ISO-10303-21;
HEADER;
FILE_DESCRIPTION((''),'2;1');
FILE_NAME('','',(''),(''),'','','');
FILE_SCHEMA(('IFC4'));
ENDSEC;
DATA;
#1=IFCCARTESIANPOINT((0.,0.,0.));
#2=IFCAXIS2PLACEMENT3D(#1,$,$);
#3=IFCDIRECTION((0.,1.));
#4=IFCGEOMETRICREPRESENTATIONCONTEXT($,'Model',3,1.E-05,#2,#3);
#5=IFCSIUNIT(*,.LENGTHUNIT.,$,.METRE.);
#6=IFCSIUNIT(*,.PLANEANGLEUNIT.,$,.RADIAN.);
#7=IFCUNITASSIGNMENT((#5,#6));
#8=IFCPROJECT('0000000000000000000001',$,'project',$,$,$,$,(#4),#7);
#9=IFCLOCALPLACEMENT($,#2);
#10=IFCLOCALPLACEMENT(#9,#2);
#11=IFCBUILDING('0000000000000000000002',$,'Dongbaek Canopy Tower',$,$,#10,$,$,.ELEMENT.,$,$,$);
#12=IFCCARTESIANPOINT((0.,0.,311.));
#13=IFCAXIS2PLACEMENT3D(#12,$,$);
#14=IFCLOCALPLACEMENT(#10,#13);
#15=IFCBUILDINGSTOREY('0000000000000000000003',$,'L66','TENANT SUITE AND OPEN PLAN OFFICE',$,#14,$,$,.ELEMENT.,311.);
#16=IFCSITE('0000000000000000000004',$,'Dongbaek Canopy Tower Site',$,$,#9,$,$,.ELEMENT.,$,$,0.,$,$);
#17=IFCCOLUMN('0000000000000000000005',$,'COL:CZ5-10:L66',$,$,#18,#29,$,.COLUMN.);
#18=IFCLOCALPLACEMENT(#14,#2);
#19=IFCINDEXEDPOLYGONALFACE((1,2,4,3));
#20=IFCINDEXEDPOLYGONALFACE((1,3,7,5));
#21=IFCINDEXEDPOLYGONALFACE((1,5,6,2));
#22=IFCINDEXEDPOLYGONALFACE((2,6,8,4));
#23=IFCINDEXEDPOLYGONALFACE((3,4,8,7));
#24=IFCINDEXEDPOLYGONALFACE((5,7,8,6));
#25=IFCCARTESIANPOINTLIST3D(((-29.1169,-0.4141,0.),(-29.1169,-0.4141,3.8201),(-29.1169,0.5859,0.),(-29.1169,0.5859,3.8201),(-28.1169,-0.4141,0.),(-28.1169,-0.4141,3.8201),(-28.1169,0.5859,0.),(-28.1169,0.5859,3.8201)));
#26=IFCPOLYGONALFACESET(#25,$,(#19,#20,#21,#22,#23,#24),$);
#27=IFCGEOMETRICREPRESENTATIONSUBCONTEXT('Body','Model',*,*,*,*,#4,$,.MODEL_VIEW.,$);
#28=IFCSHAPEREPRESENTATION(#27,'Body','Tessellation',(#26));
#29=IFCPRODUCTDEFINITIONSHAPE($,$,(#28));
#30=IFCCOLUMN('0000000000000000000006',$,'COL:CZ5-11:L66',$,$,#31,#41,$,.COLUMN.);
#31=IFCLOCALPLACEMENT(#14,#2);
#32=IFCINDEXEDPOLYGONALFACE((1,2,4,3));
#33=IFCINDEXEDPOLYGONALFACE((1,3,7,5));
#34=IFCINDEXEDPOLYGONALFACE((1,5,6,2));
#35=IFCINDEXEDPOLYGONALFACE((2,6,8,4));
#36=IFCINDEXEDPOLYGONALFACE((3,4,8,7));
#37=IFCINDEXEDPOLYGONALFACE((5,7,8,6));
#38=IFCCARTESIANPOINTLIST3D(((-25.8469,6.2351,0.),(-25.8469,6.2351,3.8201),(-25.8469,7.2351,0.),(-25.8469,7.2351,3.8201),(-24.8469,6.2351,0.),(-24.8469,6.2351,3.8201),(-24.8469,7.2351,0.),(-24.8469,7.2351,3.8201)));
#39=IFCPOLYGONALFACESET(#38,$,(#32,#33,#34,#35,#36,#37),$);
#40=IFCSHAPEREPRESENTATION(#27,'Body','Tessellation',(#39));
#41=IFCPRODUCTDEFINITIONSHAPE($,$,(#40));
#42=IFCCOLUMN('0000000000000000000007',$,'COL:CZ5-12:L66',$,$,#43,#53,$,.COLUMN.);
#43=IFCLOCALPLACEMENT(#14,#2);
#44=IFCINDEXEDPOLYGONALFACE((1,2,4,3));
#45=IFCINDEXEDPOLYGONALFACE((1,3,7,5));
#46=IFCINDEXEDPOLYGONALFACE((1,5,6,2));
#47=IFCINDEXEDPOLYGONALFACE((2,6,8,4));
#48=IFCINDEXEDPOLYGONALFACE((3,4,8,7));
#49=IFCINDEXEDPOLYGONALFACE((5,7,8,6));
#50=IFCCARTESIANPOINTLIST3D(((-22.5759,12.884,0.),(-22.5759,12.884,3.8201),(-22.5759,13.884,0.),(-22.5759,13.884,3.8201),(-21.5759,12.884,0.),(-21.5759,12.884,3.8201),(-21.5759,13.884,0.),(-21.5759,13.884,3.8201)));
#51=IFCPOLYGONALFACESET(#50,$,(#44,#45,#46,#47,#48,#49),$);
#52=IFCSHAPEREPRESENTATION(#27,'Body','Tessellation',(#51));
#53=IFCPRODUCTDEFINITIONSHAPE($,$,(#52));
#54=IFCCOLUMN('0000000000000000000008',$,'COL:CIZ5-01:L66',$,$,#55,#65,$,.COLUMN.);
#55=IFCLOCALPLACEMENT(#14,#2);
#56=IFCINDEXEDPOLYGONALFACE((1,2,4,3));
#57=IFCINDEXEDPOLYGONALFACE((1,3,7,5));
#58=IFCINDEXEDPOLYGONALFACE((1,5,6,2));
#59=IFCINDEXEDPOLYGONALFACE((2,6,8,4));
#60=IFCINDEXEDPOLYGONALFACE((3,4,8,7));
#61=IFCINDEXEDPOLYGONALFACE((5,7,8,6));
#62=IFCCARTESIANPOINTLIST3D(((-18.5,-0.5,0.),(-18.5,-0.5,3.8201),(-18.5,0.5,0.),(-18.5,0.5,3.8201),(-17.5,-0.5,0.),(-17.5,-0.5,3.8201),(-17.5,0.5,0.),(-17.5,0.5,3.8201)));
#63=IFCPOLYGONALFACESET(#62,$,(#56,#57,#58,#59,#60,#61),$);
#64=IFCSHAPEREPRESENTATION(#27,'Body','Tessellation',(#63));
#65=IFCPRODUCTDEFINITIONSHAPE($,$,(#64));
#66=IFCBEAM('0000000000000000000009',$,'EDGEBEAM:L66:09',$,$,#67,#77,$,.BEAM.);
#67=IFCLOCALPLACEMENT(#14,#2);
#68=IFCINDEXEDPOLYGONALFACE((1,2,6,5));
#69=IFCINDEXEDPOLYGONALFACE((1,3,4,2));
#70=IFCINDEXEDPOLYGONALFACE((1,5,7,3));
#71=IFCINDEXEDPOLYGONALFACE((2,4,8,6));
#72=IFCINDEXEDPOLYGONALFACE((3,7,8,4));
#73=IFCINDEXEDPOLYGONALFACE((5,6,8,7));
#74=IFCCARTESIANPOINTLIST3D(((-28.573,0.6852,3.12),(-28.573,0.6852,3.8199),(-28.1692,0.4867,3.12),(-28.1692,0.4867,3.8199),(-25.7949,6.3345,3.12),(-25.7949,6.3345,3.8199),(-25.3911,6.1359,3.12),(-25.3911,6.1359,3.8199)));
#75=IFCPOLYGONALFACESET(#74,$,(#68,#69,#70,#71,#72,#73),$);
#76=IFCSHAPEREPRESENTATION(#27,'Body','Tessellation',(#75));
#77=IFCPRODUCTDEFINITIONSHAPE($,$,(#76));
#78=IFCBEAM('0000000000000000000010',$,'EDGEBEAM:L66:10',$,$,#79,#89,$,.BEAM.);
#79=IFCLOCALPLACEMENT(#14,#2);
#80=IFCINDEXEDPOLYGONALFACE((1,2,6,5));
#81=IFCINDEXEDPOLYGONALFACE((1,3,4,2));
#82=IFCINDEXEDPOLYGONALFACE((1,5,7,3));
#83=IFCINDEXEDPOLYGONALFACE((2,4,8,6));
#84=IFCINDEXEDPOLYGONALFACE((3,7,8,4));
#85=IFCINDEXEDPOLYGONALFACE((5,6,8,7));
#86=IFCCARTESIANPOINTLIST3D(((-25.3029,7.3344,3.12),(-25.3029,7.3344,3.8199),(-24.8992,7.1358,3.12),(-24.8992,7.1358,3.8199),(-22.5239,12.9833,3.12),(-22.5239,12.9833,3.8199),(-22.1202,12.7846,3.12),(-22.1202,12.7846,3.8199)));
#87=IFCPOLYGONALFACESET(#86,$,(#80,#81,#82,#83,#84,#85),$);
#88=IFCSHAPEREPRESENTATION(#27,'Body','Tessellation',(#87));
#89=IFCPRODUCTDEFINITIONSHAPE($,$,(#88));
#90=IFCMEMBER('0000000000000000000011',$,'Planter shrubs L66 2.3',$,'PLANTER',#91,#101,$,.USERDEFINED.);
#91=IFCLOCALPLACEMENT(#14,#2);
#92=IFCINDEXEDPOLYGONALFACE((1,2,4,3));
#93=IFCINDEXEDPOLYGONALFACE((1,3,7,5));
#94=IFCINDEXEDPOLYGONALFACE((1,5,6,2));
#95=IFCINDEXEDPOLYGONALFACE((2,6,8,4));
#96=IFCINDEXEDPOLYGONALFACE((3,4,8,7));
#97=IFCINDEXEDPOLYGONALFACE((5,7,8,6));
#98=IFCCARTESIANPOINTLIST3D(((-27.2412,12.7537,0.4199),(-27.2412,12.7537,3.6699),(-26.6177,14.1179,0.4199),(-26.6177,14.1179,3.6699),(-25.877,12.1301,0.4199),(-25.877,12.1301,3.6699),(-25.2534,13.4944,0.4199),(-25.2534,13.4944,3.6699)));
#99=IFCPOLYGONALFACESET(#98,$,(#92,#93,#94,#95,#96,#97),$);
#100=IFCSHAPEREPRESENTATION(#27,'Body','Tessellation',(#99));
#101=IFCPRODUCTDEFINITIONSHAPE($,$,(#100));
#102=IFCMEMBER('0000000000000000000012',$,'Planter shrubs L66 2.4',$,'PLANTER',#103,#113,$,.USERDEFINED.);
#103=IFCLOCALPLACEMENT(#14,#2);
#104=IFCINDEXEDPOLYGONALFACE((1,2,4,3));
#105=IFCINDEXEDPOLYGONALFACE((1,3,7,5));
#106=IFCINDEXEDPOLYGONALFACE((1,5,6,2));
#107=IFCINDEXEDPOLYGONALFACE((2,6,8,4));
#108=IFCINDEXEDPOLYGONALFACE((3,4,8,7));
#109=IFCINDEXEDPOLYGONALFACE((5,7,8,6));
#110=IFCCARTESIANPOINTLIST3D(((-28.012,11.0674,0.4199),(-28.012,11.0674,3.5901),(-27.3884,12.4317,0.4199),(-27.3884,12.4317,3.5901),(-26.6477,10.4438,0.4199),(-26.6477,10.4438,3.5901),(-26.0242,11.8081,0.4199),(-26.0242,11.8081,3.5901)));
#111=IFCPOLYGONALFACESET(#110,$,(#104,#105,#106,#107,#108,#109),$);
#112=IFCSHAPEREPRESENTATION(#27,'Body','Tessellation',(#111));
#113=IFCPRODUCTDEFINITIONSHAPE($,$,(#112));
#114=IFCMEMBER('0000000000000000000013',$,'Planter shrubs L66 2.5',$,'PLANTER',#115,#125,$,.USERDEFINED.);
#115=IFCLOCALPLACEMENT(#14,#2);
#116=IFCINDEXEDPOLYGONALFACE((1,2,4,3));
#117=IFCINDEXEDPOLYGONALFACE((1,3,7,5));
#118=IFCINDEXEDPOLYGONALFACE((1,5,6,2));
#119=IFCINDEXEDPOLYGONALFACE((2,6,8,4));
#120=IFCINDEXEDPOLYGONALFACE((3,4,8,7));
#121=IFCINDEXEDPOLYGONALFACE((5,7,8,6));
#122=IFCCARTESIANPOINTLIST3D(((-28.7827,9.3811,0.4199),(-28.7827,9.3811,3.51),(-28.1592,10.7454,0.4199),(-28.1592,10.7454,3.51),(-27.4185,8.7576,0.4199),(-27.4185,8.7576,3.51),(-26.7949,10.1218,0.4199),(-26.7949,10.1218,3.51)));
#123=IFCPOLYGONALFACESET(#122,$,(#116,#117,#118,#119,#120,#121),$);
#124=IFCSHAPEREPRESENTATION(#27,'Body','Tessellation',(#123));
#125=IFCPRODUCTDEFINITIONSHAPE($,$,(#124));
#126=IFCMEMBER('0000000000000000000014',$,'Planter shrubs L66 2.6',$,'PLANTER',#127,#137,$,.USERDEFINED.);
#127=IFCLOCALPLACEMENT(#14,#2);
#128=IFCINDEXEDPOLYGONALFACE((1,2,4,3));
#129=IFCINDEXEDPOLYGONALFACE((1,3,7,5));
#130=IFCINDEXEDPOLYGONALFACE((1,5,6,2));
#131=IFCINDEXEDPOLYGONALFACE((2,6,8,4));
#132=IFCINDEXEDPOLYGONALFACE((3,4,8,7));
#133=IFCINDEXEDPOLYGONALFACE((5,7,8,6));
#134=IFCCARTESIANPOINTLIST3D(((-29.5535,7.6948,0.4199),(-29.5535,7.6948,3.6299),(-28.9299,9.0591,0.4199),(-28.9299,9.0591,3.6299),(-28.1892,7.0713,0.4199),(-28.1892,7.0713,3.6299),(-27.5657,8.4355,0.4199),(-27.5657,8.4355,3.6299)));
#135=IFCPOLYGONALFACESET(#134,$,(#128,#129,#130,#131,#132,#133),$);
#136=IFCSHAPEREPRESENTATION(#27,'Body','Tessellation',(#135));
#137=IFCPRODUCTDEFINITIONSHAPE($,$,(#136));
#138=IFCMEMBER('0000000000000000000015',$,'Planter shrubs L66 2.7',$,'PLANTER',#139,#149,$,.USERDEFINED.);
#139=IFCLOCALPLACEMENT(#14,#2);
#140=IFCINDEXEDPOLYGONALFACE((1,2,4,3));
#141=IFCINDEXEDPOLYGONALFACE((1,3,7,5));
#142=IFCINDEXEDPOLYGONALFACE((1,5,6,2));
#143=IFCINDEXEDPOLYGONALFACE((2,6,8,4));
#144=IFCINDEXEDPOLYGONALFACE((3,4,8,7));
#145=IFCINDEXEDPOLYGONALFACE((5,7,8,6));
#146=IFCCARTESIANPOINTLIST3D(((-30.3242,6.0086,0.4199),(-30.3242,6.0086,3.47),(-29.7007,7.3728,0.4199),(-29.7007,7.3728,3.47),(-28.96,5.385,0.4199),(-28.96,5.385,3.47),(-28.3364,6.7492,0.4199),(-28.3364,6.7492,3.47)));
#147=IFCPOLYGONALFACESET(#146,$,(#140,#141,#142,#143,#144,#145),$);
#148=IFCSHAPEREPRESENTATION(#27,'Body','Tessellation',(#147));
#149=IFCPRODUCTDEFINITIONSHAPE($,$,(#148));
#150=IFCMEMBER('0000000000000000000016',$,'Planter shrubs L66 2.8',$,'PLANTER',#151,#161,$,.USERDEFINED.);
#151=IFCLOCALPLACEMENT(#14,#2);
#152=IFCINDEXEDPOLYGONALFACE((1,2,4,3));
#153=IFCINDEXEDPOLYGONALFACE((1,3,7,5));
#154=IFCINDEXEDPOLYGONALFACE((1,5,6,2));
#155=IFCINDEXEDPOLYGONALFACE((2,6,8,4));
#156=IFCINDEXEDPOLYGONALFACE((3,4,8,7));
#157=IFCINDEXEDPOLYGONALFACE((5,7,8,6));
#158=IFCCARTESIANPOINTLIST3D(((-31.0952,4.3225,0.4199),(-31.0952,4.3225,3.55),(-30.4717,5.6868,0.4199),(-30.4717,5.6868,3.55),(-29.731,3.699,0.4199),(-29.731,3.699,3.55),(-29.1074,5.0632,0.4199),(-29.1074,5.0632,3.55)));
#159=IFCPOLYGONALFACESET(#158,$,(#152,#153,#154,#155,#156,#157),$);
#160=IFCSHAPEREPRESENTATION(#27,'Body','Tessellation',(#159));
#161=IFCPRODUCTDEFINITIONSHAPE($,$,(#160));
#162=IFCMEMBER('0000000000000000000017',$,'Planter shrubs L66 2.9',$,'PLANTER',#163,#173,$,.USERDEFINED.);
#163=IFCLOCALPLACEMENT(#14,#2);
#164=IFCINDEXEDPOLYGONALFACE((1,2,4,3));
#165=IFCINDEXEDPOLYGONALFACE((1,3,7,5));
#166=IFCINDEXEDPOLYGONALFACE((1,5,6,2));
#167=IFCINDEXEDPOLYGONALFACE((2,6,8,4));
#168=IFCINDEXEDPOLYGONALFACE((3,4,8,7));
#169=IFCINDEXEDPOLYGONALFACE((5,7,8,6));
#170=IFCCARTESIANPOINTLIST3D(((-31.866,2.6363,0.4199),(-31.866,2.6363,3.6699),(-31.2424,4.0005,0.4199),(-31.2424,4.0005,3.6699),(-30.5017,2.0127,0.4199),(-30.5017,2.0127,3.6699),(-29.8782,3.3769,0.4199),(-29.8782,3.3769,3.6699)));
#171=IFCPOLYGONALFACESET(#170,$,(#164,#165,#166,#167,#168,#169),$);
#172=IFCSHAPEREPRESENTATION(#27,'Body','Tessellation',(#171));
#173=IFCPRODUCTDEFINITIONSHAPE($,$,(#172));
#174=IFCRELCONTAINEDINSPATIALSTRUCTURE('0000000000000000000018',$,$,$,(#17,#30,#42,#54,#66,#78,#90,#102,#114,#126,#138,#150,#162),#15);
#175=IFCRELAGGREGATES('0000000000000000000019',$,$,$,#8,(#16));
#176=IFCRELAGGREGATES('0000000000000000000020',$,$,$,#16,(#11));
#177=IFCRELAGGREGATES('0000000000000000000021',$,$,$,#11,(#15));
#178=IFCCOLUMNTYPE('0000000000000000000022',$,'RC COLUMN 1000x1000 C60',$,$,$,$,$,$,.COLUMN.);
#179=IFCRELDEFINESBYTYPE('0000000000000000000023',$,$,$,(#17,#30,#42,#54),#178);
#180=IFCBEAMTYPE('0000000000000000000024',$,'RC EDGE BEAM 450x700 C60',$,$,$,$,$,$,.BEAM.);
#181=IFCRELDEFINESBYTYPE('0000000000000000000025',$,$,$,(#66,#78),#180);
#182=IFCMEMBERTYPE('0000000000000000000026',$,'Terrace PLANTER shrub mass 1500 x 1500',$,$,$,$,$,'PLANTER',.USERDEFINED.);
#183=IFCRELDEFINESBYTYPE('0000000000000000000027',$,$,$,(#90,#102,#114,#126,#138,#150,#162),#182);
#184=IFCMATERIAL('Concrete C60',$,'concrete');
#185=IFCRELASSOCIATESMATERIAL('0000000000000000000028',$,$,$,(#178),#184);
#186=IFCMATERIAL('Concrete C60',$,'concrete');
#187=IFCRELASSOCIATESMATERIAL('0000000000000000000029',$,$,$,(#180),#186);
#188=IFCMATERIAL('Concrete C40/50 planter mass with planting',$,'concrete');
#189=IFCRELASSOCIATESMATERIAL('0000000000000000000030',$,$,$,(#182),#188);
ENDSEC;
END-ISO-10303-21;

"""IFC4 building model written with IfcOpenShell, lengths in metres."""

from ifc_helpers import new_model, si_unit, direction, frame, origin, origin_2d, place, context, subcontext, project, spatial, rectangle, extrude, material, material_profile, profile_set, type_object, element, save


model = new_model("IFC4")

# Units and contexts
model_context = context("Model", 3, precision=1e-05, world=origin(), true_north=direction((0.0, 1.0)))
body_context = subcontext(model_context, "Body", "Model", "MODEL_VIEW")
ifc_project = project(units=[si_unit("LENGTHUNIT", "METRE"), si_unit("PLANEANGLEUNIT", "RADIAN")], contexts=[model_context])

# Site, building, storey
site_placement = place(None, origin())
site = spatial("IfcSite", under=ifc_project, at=site_placement, Name="Dongbaek Canopy Tower Site", CompositionType="ELEMENT", RefElevation=0.0)
building_placement = place(site_placement, origin())
building = spatial("IfcBuilding", under=site, at=building_placement, Name="Dongbaek Canopy Tower", CompositionType="ELEMENT")
storey_placement = place(building_placement, frame((0.0, 0.0, 311.0)))
storey = spatial("IfcBuildingStorey", under=building, at=storey_placement, Name="L66", Description="TENANT SUITE AND OPEN PLAN OFFICE", CompositionType="ELEMENT", Elevation=311.0)

# Columns
ifc_material_1 = material(Name="Concrete C60", Category="concrete")
ifc_material_profile_1 = material_profile(ifc_material_1, rectangle(XDim=1.0, YDim=1.0, at=origin_2d()), Name="RC COLUMN 1000x1000 C60")
ifc_profile_set_1 = profile_set([ifc_material_profile_1], Name="Concrete C60")
column_type = type_object("IfcColumnType", Name="RC COLUMN 1000x1000 C60", PredefinedType="COLUMN", material=ifc_profile_set_1)
for number, where, z_axis, x_axis, name in (
    (1, (-28.6169, 0.0859, 0.0), (0.0, 0.0, 1.0), (1.0, 0.0, 0.0), "COL:CZ5-10:L66"),
    (2, (-25.3469, 6.7351, 0.0), (0.0, 0.0, 1.0), (1.0, 0.0, 0.0), "COL:CZ5-11:L66"),
    (3, (-22.0759, 13.384, 0.0), (0.0, 0.0, 1.0), (1.0, 0.0, 0.0), "COL:CZ5-12:L66"),
    (4, (-18.0, 0.0, 0.0), (0.0, 0.0, 1.0), (1.0, 0.0, 0.0), "COL:CIZ5-01:L66"),
):
    element("IfcColumn", number, at=place(storey_placement, frame(where, z_axis=z_axis, x_axis=x_axis)), inside=storey, type_object=column_type, Name=name, PredefinedType="COLUMN", context=body_context, shape_type="SweptSolid", body=[
        extrude(rectangle(XDim=1.0, YDim=1.0, at=origin_2d()), origin(), (0.0, 0.0, 1.0), 3.8201),
    ])

# Beams
ifc_material_2 = material(Name="Concrete C60", Category="concrete")
ifc_material_profile_2 = material_profile(ifc_material_2, rectangle(XDim=0.45, YDim=0.7, at=origin_2d()), Name="RC EDGE BEAM 450x700 C60")
ifc_profile_set_2 = profile_set([ifc_material_profile_2], Name="Concrete C60")
beam_type = type_object("IfcBeamType", Name="RC EDGE BEAM 450x700 C60", PredefinedType="BEAM", material=ifc_profile_set_2)
for number, where, z_axis, x_axis, name in (
    (5, (-28.3711, 0.5859, 3.47), (0.441294, 0.897363, 0.0), (-0.897363, 0.441294, 0.0), "EDGEBEAM:L66:09"),
    (6, (-25.1011, 7.2351, 3.47), (0.441434, 0.897294, 0.0), (-0.897294, 0.441434, 0.0), "EDGEBEAM:L66:10"),
):
    element("IfcBeam", number, at=place(storey_placement, frame(where, z_axis=z_axis, x_axis=x_axis)), inside=storey, type_object=beam_type, Name=name, PredefinedType="BEAM", context=body_context, shape_type="SweptSolid", body=[
        extrude(rectangle(XDim=0.45, YDim=0.7, at=origin_2d()), origin(), (0.0, 0.0, 1.0), 6.2954),
    ])

# Members
ifc_material_3 = material(Name="Concrete C40/50 planter mass with planting", Category="concrete")
ifc_material_profile_3 = material_profile(ifc_material_3, rectangle(XDim=1.5, YDim=1.5, at=origin_2d()), Name="Terrace PLANTER shrub mass 1500 x 1500")
ifc_profile_set_3 = profile_set([ifc_material_profile_3], Name="Concrete C40/50 planter mass with planting")
member_type = type_object("IfcMemberType", Name="Terrace PLANTER shrub mass 1500 x 1500", ElementType="PLANTER", PredefinedType="USERDEFINED", material=ifc_profile_set_3)
member_1_placement = place(storey_placement, frame((-26.2473, 13.124, 0.4199), z_axis=(0.0, 0.0, 1.0), x_axis=(-0.909496, 0.415713, 0.0)))
element("IfcMember", 7, at=member_1_placement, inside=storey, type_object=member_type, Name="Planter shrubs L66 2.3", ObjectType="PLANTER", PredefinedType="USERDEFINED", context=body_context, shape_type="SweptSolid", body=[
    extrude(rectangle(XDim=1.5, YDim=1.5, at=origin_2d()), origin(), (0.0, 0.0, 1.0), 3.25),
])
member_2_placement = place(storey_placement, frame((-27.0181, 11.4377, 0.4199), z_axis=(0.0, 0.0, 1.0), x_axis=(-0.909496, 0.415713, 0.0)))
element("IfcMember", 8, at=member_2_placement, inside=storey, type_object=member_type, Name="Planter shrubs L66 2.4", ObjectType="PLANTER", PredefinedType="USERDEFINED", context=body_context, shape_type="SweptSolid", body=[
    extrude(rectangle(XDim=1.5, YDim=1.5, at=origin_2d()), origin(), (0.0, 0.0, 1.0), 3.1702),
])
member_3_placement = place(storey_placement, frame((-27.7888, 9.7515, 0.4199), z_axis=(0.0, 0.0, 1.0), x_axis=(-0.909496, 0.415713, 0.0)))
element("IfcMember", 9, at=member_3_placement, inside=storey, type_object=member_type, Name="Planter shrubs L66 2.5", ObjectType="PLANTER", PredefinedType="USERDEFINED", context=body_context, shape_type="SweptSolid", body=[
    extrude(rectangle(XDim=1.5, YDim=1.5, at=origin_2d()), origin(), (0.0, 0.0, 1.0), 3.0901),
])
member_4_placement = place(storey_placement, frame((-28.5596, 8.0652, 0.4199), z_axis=(0.0, 0.0, 1.0), x_axis=(-0.909496, 0.415713, 0.0)))
element("IfcMember", 10, at=member_4_placement, inside=storey, type_object=member_type, Name="Planter shrubs L66 2.6", ObjectType="PLANTER", PredefinedType="USERDEFINED", context=body_context, shape_type="SweptSolid", body=[
    extrude(rectangle(XDim=1.5, YDim=1.5, at=origin_2d()), origin(), (0.0, 0.0, 1.0), 3.21),
])
member_5_placement = place(storey_placement, frame((-29.3303, 6.3789, 0.4199), z_axis=(0.0, 0.0, 1.0), x_axis=(-0.909496, 0.415713, 0.0)))
element("IfcMember", 11, at=member_5_placement, inside=storey, type_object=member_type, Name="Planter shrubs L66 2.7", ObjectType="PLANTER", PredefinedType="USERDEFINED", context=body_context, shape_type="SweptSolid", body=[
    extrude(rectangle(XDim=1.5, YDim=1.5, at=origin_2d()), origin(), (0.0, 0.0, 1.0), 3.05),
])
member_6_placement = place(storey_placement, frame((-30.1013, 4.6929, 0.4199), z_axis=(0.0, 0.0, 1.0), x_axis=(-0.909496, 0.415713, 0.0)))
element("IfcMember", 12, at=member_6_placement, inside=storey, type_object=member_type, Name="Planter shrubs L66 2.8", ObjectType="PLANTER", PredefinedType="USERDEFINED", context=body_context, shape_type="SweptSolid", body=[
    extrude(rectangle(XDim=1.5, YDim=1.5, at=origin_2d()), origin(), (0.0, 0.0, 1.0), 3.1301),
])
member_7_placement = place(storey_placement, frame((-30.8721, 3.0066, 0.4199), z_axis=(0.0, 0.0, 1.0), x_axis=(-0.909496, 0.415713, 0.0)))
element("IfcMember", 13, at=member_7_placement, inside=storey, type_object=member_type, Name="Planter shrubs L66 2.9", ObjectType="PLANTER", PredefinedType="USERDEFINED", context=body_context, shape_type="SweptSolid", body=[
    extrude(rectangle(XDim=1.5, YDim=1.5, at=origin_2d()), origin(), (0.0, 0.0, 1.0), 3.25),
])

save(model, "model.ifc")
